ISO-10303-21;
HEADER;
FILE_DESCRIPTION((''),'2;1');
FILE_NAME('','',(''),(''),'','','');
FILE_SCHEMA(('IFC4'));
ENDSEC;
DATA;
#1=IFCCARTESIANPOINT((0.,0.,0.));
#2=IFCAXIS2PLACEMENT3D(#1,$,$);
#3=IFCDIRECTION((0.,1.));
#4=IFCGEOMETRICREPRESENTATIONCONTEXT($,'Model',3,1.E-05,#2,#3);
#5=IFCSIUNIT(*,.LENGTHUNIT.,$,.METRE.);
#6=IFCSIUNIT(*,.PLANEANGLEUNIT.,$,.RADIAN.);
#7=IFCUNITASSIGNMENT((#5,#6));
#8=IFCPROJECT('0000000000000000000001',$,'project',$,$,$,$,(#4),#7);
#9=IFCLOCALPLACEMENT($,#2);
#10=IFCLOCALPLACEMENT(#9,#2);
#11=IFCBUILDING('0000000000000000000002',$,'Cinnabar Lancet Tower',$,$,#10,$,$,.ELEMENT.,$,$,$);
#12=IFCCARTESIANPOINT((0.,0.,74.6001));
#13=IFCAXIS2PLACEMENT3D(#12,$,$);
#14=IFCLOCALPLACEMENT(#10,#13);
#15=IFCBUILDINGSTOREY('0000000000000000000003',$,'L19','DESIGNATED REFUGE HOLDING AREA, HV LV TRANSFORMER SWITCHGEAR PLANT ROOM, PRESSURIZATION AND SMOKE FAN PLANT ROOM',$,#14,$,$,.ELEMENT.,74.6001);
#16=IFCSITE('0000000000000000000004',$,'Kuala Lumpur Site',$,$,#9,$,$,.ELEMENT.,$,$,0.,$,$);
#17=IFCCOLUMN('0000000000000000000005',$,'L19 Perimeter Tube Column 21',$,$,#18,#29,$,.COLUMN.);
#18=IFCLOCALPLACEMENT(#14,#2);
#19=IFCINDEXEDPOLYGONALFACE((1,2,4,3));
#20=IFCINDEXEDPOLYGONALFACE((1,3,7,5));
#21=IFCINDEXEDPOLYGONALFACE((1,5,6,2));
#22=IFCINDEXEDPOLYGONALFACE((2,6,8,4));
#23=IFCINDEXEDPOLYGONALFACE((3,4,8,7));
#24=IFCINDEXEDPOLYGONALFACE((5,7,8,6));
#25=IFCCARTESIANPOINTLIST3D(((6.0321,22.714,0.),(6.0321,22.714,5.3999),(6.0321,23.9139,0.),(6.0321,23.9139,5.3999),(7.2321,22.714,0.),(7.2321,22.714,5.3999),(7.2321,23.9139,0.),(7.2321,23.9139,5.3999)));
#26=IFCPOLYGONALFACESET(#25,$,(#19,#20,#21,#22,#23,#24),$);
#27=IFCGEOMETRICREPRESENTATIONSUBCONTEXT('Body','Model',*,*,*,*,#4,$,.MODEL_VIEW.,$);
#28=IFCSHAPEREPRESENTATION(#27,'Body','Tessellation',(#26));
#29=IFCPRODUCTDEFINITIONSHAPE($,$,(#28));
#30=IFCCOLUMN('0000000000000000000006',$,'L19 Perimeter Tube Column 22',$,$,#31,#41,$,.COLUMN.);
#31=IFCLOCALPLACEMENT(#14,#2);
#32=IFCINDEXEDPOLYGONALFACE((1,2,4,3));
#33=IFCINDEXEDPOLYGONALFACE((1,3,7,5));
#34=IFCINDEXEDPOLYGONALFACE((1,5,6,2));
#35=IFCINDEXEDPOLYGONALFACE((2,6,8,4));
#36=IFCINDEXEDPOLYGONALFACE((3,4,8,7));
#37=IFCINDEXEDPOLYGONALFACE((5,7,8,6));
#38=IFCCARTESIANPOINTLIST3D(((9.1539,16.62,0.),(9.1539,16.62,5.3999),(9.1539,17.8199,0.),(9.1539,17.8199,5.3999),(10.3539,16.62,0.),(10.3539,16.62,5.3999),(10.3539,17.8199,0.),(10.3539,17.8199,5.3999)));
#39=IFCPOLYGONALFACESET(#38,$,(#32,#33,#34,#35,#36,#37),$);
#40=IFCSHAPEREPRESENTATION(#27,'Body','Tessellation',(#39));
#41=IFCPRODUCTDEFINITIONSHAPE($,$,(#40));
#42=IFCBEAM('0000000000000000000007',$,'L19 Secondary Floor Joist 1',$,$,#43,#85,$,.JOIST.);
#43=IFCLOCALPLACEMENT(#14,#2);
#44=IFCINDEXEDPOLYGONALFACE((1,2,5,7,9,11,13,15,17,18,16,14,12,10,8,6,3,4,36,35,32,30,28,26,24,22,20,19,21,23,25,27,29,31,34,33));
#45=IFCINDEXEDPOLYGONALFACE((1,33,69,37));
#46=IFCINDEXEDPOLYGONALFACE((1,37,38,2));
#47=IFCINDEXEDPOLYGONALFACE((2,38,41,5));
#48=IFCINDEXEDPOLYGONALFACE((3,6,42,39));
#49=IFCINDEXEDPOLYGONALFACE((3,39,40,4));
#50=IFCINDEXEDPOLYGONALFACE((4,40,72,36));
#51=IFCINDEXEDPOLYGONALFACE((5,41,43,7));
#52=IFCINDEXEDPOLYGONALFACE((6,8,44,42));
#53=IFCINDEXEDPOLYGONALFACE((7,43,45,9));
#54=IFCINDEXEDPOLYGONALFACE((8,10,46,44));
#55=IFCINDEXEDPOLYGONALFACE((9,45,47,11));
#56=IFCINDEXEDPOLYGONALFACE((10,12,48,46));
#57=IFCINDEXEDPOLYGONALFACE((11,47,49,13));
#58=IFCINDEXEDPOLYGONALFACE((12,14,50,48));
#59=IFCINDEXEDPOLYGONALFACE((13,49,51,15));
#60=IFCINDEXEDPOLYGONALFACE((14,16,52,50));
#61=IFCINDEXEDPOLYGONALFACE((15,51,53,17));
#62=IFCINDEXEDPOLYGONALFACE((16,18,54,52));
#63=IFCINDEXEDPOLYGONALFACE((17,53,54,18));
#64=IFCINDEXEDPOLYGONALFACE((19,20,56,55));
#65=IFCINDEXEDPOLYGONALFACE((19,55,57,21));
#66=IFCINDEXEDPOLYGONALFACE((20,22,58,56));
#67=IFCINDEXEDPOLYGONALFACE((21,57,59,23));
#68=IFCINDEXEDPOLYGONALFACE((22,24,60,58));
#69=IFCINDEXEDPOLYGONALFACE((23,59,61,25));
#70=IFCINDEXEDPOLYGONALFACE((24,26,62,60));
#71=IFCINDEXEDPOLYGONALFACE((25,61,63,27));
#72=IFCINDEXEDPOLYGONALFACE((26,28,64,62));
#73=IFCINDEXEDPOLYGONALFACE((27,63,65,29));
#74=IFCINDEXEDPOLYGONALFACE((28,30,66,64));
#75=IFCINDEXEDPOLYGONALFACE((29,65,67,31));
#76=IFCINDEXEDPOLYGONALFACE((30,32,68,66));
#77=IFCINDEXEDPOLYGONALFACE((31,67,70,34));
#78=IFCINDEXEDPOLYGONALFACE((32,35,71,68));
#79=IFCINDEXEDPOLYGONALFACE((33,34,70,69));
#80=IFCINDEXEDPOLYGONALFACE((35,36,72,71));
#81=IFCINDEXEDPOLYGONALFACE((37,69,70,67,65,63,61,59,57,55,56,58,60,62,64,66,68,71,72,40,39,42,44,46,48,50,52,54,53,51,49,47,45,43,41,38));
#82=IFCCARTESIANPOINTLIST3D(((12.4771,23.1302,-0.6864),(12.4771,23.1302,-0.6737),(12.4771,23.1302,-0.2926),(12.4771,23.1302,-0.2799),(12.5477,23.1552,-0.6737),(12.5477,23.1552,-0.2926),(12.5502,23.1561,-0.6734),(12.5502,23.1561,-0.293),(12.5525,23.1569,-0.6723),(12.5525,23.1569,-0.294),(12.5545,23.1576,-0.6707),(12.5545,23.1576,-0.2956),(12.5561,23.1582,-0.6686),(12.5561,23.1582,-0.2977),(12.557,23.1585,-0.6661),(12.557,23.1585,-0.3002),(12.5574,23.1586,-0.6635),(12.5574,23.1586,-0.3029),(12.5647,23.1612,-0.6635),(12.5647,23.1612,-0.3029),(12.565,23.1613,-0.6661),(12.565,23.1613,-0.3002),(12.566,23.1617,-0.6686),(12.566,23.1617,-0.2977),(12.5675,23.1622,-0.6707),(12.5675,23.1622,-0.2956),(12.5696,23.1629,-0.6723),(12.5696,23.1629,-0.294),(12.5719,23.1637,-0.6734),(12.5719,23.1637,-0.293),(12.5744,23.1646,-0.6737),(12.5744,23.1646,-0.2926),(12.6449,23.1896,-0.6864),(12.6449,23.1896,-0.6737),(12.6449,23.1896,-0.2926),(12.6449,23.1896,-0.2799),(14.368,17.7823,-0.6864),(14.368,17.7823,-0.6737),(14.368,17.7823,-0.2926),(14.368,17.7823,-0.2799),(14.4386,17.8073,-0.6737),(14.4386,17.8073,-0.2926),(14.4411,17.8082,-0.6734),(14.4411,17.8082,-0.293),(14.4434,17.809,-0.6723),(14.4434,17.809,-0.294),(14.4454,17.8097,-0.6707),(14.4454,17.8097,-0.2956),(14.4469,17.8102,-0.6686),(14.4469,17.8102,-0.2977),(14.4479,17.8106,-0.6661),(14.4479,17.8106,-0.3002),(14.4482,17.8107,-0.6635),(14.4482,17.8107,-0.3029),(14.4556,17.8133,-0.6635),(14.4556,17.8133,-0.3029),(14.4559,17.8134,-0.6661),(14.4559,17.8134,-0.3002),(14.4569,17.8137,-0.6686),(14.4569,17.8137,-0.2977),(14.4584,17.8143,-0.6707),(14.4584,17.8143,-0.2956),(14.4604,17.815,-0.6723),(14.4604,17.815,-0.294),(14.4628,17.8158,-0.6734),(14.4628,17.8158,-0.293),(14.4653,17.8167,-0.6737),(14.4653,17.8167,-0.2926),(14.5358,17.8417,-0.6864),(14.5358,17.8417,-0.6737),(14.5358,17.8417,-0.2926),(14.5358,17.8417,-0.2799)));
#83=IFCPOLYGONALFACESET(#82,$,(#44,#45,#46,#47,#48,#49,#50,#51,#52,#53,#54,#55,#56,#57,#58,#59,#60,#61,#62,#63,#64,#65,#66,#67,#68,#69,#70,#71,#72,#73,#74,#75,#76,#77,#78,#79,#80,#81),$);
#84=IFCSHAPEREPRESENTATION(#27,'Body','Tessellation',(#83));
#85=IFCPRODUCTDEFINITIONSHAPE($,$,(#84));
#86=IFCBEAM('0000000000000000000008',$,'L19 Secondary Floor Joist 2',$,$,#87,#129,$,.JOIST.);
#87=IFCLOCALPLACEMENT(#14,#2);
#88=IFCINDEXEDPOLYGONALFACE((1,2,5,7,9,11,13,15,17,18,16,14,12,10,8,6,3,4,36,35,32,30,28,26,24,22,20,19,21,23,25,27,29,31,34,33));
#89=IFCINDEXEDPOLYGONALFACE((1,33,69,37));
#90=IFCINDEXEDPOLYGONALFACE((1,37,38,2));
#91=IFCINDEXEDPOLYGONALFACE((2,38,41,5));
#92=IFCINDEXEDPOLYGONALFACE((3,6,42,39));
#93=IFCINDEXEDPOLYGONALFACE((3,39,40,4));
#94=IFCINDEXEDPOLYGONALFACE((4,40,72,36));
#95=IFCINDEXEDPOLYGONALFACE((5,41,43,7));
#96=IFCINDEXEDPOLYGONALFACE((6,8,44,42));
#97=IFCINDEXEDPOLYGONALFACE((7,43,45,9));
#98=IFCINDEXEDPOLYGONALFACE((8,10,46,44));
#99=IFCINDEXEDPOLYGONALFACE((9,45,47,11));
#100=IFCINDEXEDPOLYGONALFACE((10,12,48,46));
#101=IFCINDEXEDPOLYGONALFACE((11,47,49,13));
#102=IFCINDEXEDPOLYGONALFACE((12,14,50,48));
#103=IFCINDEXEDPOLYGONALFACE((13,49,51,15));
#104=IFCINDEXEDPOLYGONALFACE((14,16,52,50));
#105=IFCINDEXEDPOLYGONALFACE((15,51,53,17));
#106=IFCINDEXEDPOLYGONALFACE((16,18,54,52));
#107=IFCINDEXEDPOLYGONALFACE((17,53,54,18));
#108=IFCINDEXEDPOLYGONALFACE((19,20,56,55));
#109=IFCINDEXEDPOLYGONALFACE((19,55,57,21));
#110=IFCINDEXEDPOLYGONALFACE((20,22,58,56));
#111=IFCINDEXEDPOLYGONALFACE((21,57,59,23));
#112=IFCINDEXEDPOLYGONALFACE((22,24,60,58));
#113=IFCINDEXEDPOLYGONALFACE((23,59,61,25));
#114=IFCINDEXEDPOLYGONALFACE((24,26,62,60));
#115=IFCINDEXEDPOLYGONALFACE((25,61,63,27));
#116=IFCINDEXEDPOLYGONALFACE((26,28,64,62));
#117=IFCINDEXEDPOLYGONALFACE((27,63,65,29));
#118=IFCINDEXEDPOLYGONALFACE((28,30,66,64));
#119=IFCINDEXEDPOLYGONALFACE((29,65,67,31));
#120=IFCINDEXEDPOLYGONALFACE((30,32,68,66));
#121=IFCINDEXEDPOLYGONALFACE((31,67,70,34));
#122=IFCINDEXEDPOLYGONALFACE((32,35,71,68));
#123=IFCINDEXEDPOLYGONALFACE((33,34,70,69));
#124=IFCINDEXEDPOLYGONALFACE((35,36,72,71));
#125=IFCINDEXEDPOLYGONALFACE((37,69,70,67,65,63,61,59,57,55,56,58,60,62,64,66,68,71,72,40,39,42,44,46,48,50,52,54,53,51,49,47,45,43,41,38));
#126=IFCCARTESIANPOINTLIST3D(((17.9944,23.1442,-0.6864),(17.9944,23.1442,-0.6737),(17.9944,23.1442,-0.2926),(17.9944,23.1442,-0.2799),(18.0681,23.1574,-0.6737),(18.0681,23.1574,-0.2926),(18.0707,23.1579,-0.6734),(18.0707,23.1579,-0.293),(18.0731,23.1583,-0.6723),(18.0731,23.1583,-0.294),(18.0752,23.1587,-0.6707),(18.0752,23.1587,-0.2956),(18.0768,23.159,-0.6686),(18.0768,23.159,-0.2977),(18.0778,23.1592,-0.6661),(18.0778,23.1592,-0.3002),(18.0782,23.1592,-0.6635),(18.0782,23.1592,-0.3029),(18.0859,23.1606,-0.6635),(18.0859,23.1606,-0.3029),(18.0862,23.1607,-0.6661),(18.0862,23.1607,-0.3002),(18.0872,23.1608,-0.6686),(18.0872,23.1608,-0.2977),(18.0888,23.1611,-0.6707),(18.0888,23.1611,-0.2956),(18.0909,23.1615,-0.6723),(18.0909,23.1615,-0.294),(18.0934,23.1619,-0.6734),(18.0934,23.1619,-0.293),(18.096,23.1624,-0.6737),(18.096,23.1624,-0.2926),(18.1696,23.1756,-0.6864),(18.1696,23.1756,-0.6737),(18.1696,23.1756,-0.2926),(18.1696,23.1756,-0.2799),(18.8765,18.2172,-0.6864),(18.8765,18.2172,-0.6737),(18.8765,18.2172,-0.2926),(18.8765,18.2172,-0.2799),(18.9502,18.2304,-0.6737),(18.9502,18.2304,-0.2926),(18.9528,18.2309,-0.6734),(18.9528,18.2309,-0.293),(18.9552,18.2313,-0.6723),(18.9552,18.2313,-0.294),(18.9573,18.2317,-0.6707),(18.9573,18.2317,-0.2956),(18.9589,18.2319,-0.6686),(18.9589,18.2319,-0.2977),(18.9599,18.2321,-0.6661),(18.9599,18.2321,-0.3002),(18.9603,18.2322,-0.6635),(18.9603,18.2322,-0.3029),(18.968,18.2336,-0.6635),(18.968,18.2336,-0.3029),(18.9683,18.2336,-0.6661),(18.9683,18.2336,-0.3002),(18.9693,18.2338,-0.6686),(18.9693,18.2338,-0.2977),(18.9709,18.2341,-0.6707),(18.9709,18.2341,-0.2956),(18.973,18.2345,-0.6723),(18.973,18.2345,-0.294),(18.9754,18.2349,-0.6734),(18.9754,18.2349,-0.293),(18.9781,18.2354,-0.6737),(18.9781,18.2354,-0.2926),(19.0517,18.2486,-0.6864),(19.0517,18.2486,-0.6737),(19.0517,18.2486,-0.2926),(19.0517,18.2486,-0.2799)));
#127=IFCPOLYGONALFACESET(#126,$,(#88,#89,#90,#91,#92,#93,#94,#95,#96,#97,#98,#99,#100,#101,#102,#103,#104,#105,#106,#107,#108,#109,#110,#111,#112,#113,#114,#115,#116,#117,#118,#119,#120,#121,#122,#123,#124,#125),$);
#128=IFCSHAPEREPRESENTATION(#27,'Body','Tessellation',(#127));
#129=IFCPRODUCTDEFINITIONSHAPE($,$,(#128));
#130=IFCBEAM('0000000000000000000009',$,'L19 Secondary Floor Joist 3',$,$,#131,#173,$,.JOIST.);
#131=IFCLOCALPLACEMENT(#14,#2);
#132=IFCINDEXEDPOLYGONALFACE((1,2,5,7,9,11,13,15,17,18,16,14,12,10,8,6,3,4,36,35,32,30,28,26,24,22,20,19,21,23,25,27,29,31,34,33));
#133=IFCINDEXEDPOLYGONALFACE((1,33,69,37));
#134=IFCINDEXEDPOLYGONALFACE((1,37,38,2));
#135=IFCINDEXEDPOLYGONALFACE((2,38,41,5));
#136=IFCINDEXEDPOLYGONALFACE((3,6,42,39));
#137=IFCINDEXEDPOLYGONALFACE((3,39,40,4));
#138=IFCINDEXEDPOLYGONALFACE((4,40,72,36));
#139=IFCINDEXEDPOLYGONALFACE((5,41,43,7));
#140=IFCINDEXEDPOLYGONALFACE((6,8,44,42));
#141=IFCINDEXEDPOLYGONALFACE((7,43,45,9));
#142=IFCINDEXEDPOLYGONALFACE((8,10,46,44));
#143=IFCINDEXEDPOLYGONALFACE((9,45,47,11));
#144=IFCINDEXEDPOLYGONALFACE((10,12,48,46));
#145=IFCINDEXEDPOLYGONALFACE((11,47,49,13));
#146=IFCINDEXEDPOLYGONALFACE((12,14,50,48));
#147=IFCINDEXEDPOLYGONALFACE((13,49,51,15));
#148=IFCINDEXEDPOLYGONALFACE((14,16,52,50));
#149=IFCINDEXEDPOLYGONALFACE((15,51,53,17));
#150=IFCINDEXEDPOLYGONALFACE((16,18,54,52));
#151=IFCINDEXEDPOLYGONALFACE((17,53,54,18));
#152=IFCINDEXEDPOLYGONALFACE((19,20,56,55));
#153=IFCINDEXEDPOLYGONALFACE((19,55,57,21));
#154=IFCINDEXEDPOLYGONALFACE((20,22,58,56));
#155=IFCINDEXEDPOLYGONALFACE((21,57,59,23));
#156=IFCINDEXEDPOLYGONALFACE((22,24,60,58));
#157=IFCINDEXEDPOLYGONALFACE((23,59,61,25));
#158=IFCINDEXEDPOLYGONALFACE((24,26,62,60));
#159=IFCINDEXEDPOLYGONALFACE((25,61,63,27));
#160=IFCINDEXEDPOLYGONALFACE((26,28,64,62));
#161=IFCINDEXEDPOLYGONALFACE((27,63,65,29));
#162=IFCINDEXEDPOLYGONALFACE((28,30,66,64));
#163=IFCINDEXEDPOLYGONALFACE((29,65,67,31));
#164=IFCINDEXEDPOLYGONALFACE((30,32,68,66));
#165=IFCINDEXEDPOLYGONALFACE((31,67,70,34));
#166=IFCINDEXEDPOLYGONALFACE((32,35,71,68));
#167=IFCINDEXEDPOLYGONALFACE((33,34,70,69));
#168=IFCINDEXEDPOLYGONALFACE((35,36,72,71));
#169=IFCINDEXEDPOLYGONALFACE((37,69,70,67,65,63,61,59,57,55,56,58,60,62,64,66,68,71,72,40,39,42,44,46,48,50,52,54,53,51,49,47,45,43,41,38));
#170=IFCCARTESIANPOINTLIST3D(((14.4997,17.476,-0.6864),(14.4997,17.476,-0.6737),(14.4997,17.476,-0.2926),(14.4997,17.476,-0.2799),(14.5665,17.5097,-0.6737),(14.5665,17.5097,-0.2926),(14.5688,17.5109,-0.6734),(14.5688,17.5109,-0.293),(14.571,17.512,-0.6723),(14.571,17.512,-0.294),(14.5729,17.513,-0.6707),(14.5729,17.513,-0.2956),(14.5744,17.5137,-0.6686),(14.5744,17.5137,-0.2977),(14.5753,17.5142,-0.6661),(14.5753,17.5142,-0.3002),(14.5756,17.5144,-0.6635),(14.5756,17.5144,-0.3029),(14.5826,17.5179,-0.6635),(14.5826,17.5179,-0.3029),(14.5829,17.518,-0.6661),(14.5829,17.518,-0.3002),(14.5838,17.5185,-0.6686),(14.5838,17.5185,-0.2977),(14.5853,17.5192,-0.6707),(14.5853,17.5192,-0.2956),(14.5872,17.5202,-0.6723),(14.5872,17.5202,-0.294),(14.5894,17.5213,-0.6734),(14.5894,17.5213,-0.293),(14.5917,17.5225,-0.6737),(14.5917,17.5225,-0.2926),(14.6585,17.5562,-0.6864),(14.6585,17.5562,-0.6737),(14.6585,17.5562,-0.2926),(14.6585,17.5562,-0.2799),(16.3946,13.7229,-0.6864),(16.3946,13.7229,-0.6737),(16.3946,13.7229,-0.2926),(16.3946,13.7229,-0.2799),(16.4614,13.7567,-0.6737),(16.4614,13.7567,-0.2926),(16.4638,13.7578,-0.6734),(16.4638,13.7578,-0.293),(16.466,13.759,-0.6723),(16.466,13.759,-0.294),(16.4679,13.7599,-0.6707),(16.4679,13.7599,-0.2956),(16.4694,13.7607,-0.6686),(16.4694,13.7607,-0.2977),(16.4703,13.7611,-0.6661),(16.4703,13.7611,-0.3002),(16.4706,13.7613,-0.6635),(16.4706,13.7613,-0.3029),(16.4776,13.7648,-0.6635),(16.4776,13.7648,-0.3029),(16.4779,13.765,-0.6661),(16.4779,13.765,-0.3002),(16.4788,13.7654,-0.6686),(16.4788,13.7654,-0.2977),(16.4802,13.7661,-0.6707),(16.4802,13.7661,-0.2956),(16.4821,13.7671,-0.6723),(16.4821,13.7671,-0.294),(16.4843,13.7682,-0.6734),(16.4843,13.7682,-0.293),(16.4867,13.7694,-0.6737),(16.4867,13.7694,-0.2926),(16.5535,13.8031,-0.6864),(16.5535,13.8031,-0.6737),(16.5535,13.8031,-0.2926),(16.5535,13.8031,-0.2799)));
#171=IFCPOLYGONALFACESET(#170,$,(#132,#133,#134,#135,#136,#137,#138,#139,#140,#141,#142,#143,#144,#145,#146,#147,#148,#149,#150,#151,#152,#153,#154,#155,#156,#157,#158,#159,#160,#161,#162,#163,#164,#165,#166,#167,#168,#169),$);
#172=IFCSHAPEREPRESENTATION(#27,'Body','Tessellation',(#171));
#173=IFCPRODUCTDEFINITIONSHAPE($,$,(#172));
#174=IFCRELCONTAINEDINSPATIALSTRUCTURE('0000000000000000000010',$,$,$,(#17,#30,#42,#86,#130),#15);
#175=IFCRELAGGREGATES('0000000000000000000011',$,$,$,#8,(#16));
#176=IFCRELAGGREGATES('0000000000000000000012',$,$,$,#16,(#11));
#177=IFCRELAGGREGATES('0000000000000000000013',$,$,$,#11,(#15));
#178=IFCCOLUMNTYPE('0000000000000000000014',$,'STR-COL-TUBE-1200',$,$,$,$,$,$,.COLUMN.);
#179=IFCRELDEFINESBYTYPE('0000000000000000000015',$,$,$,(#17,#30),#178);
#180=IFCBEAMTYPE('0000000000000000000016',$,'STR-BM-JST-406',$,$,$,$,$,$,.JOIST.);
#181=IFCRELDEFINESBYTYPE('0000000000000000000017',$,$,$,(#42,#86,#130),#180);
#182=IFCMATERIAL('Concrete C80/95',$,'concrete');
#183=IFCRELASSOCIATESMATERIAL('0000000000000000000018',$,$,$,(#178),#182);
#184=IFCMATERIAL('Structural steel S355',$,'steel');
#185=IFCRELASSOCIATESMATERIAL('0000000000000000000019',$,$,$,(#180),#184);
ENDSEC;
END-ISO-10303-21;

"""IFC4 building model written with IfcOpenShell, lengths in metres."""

from ifc_helpers import new_model, si_unit, direction, frame, origin, origin_2d, place, context, subcontext, project, spatial, rectangle, i_section, extrude, material, material_profile, profile_set, type_object, element, save


model = new_model("IFC4")

# Units and contexts
model_context = context("Model", 3, precision=1e-05, world=origin(), true_north=direction((0.0, 1.0)))
body_context = subcontext(model_context, "Body", "Model", "MODEL_VIEW")
ifc_project = project(units=[si_unit("LENGTHUNIT", "METRE"), si_unit("PLANEANGLEUNIT", "RADIAN")], contexts=[model_context])

# Site, building, storey
site_placement = place(None, origin())
site = spatial("IfcSite", under=ifc_project, at=site_placement, Name="Kuala Lumpur Site", CompositionType="ELEMENT", RefElevation=0.0)
building_placement = place(site_placement, origin())
building = spatial("IfcBuilding", under=site, at=building_placement, Name="Cinnabar Lancet Tower", CompositionType="ELEMENT")
storey_placement = place(building_placement, frame((0.0, 0.0, 74.6001)))
storey = spatial("IfcBuildingStorey", under=building, at=storey_placement, Name="L19", Description="DESIGNATED REFUGE HOLDING AREA, HV LV TRANSFORMER SWITCHGEAR PLANT ROOM, PRESSURIZATION AND SMOKE FAN PLANT ROOM", CompositionType="ELEMENT", Elevation=74.6001)

# Columns
ifc_material_1 = material(Name="Concrete C80/95", Category="concrete")
ifc_material_profile_1 = material_profile(ifc_material_1, rectangle(XDim=1.2, YDim=1.2, at=origin_2d()), Name="RC-COL 1200x1200")
ifc_profile_set_1 = profile_set([ifc_material_profile_1], Name="Concrete C80/95")
column_type = type_object("IfcColumnType", Name="STR-COL-TUBE-1200", PredefinedType="COLUMN", material=ifc_profile_set_1)
for number, where, z_axis, x_axis, name in (
    (1, (6.6321, 23.314, 0.0), (0.0, 0.0, 1.0), (1.0, 0.0, 0.0), "L19 Perimeter Tube Column 21"),
    (2, (9.7539, 17.22, 0.0), (0.0, 0.0, 1.0), (1.0, 0.0, 0.0), "L19 Perimeter Tube Column 22"),
):
    element("IfcColumn", number, at=place(storey_placement, frame(where, z_axis=z_axis, x_axis=x_axis)), inside=storey, type_object=column_type, Name=name, PredefinedType="COLUMN", context=body_context, shape_type="SweptSolid", body=[
        extrude(rectangle(XDim=1.2, YDim=1.2, at=origin_2d()), origin(), (0.0, 0.0, 1.0), 5.3999),
    ])

# Beams
ifc_material_2 = material(Name="Structural steel S355", Category="steel")
ifc_material_profile_2 = material_profile(ifc_material_2, i_section(OverallWidth=0.178, OverallDepth=0.4065, WebThickness=0.0078, FlangeThickness=0.0127, FilletRadius=0.0103, at=origin_2d()), Name="UKB 406x178x60")
ifc_profile_set_2 = profile_set([ifc_material_profile_2], Name="Structural steel S355")
beam_type_1 = type_object("IfcBeamType", Name="STR-BM-JST-406", PredefinedType="JOIST", material=ifc_profile_set_2)
beam_1_placement = place(storey_placement, frame((12.561, 23.1599, -0.4832), z_axis=(0.333349, -0.942803, 0.0), x_axis=(0.942803, 0.333349, 0.0)))
element("IfcBeam", 3, at=beam_1_placement, inside=storey, type_object=beam_type_1, Name="L19 Secondary Floor Joist 1", PredefinedType="JOIST", context=body_context, shape_type="SweptSolid", body=[
    extrude(i_section(OverallWidth=0.178, OverallDepth=0.4065, WebThickness=0.0078, FlangeThickness=0.0127, FilletRadius=0.0103, at=origin_2d()), origin(), (0.0, 0.0, 1.0), 5.6724),
])
beam_2_placement = place(storey_placement, frame((18.082, 23.1599, -0.4832), z_axis=(0.176228, -0.984349, 0.0), x_axis=(0.984349, 0.176228, 0.0)))
element("IfcBeam", 4, at=beam_2_placement, inside=storey, type_object=beam_type_1, Name="L19 Secondary Floor Joist 2", PredefinedType="JOIST", context=body_context, shape_type="SweptSolid", body=[
    extrude(i_section(OverallWidth=0.178, OverallDepth=0.4065, WebThickness=0.0078, FlangeThickness=0.0127, FilletRadius=0.0103, at=origin_2d()), origin(), (0.0, 0.0, 1.0), 5.0054),
])
beam_3_placement = place(storey_placement, frame((14.5791, 17.5161, -0.4832), z_axis=(0.450717, -0.892667, 0.0), x_axis=(0.892667, 0.450717, 0.0)))
element("IfcBeam", 5, at=beam_3_placement, inside=storey, type_object=beam_type_1, Name="L19 Secondary Floor Joist 3", PredefinedType="JOIST", context=body_context, shape_type="SweptSolid", body=[
    extrude(i_section(OverallWidth=0.178, OverallDepth=0.4065, WebThickness=0.0078, FlangeThickness=0.0127, FilletRadius=0.0103, at=origin_2d()), origin(), (0.0, 0.0, 1.0), 4.2043),
])

save(model, "model.ifc")
